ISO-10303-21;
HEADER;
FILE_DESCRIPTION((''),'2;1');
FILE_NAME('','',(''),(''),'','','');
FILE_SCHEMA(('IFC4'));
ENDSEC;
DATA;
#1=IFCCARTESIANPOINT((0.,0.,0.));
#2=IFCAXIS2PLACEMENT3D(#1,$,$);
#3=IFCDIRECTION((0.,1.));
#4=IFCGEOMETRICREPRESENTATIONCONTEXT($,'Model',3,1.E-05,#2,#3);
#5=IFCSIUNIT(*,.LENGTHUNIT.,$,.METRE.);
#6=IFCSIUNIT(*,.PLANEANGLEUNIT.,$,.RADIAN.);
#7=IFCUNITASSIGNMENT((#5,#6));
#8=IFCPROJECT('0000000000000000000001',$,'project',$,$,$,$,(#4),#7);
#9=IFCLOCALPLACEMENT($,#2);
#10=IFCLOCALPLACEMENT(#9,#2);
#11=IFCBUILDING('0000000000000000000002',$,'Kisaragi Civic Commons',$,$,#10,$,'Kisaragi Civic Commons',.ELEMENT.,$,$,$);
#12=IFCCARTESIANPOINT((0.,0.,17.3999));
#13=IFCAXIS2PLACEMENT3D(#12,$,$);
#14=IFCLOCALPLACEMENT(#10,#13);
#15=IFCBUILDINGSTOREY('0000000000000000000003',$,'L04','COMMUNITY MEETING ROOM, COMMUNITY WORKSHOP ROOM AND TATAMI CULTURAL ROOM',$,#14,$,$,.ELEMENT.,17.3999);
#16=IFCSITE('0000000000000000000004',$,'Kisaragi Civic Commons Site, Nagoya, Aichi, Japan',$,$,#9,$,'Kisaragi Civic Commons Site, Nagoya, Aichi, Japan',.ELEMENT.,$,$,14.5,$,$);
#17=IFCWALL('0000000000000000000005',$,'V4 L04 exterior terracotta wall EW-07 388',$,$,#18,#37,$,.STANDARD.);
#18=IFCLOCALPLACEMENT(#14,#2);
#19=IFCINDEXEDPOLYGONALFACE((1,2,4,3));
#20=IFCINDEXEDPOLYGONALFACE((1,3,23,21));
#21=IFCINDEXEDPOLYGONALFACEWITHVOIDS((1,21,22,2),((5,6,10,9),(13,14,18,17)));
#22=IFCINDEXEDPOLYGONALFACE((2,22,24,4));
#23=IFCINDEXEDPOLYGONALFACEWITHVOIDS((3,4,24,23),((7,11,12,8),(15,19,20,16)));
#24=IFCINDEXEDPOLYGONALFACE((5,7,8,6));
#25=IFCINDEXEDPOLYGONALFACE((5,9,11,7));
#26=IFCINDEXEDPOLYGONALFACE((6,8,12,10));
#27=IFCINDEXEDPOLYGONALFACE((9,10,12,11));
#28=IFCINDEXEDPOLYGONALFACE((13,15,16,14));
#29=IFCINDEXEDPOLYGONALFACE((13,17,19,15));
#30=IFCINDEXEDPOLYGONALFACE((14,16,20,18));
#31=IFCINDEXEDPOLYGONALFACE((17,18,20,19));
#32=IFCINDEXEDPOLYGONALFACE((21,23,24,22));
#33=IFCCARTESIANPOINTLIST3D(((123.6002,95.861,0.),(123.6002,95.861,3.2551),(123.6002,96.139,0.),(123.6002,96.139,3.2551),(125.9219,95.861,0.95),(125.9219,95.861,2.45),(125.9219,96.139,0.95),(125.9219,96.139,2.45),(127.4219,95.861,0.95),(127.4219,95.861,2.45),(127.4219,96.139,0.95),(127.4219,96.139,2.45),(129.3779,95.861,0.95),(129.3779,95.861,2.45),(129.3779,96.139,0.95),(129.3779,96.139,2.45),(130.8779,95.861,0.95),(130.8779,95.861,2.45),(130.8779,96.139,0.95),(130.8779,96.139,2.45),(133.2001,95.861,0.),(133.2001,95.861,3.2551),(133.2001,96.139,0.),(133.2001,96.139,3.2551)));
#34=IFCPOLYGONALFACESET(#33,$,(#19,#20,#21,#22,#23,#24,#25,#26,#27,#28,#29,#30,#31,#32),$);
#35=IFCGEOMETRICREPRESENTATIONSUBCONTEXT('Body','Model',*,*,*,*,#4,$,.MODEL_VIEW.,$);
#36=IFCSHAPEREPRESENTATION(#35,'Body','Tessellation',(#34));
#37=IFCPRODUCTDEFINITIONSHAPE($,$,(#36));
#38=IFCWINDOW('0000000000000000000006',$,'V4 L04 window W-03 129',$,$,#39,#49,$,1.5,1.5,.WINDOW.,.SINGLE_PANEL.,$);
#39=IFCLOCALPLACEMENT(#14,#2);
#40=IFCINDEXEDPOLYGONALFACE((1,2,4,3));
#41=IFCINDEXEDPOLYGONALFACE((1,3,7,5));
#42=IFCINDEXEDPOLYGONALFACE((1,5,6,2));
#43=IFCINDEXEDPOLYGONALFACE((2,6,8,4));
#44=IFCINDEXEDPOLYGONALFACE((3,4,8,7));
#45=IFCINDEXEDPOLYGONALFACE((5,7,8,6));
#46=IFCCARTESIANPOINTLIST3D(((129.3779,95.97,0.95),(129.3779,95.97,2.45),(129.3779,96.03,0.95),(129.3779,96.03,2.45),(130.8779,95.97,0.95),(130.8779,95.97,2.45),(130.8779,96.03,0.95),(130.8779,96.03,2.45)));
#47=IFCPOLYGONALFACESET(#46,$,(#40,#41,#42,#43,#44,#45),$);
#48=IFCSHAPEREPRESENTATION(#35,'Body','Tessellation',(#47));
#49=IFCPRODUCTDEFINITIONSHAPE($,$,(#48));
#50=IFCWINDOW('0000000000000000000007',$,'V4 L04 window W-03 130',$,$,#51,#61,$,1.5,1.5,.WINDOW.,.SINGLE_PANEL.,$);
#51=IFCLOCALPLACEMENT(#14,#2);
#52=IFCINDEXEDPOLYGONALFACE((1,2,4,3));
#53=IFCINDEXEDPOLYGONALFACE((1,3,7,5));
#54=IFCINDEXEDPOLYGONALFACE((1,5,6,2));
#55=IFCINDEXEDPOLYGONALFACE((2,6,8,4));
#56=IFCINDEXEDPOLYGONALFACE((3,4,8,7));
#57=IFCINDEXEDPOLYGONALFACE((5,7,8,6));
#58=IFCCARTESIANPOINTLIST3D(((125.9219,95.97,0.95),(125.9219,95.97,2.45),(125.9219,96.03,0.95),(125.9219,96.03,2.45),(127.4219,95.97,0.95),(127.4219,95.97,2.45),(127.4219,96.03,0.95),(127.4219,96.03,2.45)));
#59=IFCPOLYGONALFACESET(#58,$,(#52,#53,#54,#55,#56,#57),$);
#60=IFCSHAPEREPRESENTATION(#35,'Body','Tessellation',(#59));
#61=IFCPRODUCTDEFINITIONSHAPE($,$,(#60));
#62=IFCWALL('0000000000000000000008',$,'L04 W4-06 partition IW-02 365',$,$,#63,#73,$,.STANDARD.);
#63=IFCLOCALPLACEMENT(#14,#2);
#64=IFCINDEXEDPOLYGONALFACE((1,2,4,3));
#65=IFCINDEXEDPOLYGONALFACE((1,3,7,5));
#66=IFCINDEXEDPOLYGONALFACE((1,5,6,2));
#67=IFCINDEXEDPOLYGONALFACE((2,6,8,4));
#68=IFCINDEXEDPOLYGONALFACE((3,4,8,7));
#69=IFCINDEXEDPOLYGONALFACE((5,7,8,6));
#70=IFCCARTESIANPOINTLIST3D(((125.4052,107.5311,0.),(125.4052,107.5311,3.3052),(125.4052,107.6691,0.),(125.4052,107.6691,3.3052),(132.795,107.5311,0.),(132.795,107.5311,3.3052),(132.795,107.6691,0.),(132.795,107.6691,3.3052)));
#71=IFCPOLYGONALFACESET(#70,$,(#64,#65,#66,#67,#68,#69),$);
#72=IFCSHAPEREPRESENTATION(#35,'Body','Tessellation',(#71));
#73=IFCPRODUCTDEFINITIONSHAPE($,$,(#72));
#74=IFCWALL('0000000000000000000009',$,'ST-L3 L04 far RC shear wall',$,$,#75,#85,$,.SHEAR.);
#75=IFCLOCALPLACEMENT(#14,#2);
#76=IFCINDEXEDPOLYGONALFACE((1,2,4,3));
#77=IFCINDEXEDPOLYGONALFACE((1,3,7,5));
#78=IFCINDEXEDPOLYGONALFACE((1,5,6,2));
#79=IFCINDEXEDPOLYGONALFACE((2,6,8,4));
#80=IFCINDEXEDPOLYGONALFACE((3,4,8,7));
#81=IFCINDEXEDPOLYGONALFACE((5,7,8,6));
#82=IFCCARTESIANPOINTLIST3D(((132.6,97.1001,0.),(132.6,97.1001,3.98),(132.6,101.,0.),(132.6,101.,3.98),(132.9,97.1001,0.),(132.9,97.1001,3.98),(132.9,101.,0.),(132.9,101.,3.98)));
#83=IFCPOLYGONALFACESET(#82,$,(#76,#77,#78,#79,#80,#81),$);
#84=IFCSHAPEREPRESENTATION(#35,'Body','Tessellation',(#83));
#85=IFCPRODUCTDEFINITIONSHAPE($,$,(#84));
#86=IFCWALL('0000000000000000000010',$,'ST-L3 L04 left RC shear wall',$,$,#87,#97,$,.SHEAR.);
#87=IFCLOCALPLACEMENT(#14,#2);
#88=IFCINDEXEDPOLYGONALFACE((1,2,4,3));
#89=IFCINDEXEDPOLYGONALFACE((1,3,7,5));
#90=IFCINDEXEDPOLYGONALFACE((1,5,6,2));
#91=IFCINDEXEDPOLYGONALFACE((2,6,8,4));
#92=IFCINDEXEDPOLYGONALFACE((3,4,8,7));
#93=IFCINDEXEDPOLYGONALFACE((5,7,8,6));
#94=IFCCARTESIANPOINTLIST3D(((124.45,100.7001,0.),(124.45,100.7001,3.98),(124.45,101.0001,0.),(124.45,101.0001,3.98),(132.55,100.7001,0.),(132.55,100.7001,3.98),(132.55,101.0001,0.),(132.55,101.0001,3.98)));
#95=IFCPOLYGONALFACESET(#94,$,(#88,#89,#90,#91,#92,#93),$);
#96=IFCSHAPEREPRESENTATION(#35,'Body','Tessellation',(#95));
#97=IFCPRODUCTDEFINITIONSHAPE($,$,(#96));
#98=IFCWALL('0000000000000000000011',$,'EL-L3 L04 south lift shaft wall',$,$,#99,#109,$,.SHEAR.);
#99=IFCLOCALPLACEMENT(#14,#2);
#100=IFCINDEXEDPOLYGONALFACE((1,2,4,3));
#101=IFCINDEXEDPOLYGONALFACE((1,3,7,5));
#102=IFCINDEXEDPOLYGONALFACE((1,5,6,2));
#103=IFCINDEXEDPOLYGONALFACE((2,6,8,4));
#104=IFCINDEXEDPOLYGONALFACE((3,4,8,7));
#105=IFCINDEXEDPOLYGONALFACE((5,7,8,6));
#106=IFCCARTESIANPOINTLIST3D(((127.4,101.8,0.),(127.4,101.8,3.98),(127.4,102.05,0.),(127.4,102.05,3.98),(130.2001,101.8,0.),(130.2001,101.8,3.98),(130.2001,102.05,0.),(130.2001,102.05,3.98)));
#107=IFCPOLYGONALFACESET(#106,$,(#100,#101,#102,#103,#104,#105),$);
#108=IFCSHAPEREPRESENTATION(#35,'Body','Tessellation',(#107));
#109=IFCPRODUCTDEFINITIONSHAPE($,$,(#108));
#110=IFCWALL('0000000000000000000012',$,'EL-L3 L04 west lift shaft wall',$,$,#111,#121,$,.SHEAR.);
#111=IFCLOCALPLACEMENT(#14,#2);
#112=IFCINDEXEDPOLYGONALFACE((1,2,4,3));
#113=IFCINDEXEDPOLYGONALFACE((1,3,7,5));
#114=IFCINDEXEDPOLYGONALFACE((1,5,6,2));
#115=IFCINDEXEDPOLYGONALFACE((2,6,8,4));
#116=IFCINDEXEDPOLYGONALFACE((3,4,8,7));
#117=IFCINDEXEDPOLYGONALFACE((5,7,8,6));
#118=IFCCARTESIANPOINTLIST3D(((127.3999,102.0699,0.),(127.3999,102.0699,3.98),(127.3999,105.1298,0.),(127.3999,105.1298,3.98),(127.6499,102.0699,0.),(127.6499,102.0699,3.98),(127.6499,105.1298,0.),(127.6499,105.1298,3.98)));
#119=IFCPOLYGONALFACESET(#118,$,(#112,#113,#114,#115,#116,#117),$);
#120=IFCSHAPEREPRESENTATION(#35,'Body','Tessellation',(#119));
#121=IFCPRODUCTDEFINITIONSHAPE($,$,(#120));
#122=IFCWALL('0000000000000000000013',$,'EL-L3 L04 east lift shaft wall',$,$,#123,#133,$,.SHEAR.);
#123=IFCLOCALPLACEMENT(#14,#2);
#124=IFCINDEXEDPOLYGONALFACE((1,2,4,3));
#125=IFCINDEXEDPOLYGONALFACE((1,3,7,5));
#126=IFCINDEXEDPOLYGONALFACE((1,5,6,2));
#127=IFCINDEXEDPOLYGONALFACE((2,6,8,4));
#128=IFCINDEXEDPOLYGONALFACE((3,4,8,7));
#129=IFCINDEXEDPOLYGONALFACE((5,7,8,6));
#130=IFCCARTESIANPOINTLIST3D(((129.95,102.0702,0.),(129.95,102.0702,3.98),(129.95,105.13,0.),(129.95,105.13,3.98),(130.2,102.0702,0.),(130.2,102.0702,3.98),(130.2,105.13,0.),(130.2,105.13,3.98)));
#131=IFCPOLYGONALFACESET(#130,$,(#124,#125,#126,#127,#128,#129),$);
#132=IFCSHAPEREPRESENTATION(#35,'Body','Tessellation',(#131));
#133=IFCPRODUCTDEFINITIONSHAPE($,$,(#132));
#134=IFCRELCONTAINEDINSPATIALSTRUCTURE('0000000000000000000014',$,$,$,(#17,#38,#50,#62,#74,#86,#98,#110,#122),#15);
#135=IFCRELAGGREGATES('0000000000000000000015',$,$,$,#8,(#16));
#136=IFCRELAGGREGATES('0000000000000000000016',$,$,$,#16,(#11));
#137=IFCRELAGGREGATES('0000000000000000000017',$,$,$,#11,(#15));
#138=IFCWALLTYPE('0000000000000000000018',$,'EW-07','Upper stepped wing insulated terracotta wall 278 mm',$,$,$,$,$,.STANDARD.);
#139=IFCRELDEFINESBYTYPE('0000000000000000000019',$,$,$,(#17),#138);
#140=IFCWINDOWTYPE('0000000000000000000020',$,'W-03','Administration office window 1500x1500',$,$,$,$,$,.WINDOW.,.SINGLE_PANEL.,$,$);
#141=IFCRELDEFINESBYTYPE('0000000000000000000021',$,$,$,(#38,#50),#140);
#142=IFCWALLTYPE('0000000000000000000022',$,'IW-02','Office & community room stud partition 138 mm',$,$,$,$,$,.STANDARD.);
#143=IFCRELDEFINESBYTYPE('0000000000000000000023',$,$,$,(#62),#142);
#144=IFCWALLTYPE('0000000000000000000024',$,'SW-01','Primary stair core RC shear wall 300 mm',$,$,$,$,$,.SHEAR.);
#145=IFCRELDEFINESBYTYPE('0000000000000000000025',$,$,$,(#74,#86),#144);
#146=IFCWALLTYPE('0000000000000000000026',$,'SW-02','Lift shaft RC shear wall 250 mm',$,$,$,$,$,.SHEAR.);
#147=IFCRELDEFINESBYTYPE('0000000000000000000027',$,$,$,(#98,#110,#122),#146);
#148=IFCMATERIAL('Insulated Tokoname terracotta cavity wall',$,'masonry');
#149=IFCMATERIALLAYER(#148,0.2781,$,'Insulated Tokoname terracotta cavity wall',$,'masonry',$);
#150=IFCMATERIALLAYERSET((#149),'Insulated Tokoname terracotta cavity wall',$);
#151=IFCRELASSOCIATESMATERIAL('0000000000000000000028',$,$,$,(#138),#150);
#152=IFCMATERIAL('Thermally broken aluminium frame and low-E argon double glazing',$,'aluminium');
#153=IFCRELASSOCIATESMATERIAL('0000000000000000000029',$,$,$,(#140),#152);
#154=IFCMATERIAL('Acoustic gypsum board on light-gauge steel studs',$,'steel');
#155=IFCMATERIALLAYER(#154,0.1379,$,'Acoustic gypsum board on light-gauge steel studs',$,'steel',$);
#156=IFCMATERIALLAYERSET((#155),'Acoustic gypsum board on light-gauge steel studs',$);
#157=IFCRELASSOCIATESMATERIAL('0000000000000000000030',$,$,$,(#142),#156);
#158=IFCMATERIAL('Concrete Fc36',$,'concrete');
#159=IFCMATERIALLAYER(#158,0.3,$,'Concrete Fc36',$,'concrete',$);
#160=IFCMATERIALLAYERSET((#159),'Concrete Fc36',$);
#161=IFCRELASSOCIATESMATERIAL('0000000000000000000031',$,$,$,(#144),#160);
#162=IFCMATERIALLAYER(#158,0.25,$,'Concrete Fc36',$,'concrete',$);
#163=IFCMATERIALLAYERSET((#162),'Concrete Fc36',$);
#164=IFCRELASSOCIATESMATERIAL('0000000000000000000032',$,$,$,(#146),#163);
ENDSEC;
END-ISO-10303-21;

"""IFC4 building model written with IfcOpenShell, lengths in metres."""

from ifc_helpers import new_model, si_unit, direction, frame, frame_2d, origin, place, context, subcontext, project, spatial, rectangle, extrude, material, layer, layer_set, type_object, element, fill, save


model = new_model("IFC4")

# Units and contexts
model_context = context("Model", 3, precision=1e-05, world=origin(), true_north=direction((0.0, 1.0)))
body_context = subcontext(model_context, "Body", "Model", "MODEL_VIEW")
ifc_project = project(units=[si_unit("LENGTHUNIT", "METRE"), si_unit("PLANEANGLEUNIT", "RADIAN")], contexts=[model_context])

# Site, building, storey
site_placement = place(None, origin())
site = spatial("IfcSite", under=ifc_project, at=site_placement, Name="Kisaragi Civic Commons Site, Nagoya, Aichi, Japan", LongName="Kisaragi Civic Commons Site, Nagoya, Aichi, Japan", CompositionType="ELEMENT", RefElevation=14.5)
building_placement = place(site_placement, origin())
building = spatial("IfcBuilding", under=site, at=building_placement, Name="Kisaragi Civic Commons", LongName="Kisaragi Civic Commons", CompositionType="ELEMENT")
storey_placement = place(building_placement, frame((0.0, 0.0, 17.3999)))
storey = spatial("IfcBuildingStorey", under=building, at=storey_placement, Name="L04", Description="COMMUNITY MEETING ROOM, COMMUNITY WORKSHOP ROOM AND TATAMI CULTURAL ROOM", CompositionType="ELEMENT", Elevation=17.3999)

# Shared definitions
ifc_material_1 = material(Name="Insulated Tokoname terracotta cavity wall", Category="masonry")
ifc_layer_1 = layer(ifc_material_1, 0.2781, Name="Insulated Tokoname terracotta cavity wall", Category="masonry")
ifc_layer_set_1 = layer_set([ifc_layer_1], Name="Insulated Tokoname terracotta cavity wall")
wall_type_1 = type_object("IfcWallType", Name="EW-07", Description="Upper stepped wing insulated terracotta wall 278 mm", PredefinedType="STANDARD", material=ifc_layer_set_1)

# Wall, openings, windows
wall_1_placement = place(storey_placement, frame((133.2, 96.0, 0.0), z_axis=(0.0, 0.0, 1.0), x_axis=(-1.0, 0.0, 0.0)))
wall_1 = element("IfcWall", 1, at=wall_1_placement, inside=storey, type_object=wall_type_1, Name="V4 L04 exterior terracotta wall EW-07 388", PredefinedType="STANDARD", context=body_context, shape_type="SweptSolid", body=[
    extrude(rectangle(XDim=9.5999, YDim=0.2781, at=frame_2d((4.7998, 0.0))), origin(), (0.0, 0.0, 1.0), 3.2551),
])
opening_1_placement = place(wall_1_placement, frame((2.322, 0.0, 0.95)))
opening_1 = element("IfcOpeningElement", 2, at=opening_1_placement, cuts=wall_1, PredefinedType="OPENING", context=body_context, shape_type="SweptSolid", body=[
    extrude(rectangle(XDim=1.5, YDim=1.5, at=frame_2d((0.75, 0.75))), frame((0.0, 0.1489, 0.0), z_axis=(0.0, -1.0, 0.0), x_axis=(1.0, 0.0, 0.0)), (0.0, 0.0, 1.0), 0.2981),
])
opening_2_placement = place(wall_1_placement, frame((5.7781, 0.0, 0.95)))
opening_2 = element("IfcOpeningElement", 3, at=opening_2_placement, cuts=wall_1, PredefinedType="OPENING", context=body_context, shape_type="SweptSolid", body=[
    extrude(rectangle(XDim=1.5, YDim=1.5, at=frame_2d((0.75, 0.75))), frame((0.0, 0.1489, 0.0), z_axis=(0.0, -1.0, 0.0), x_axis=(1.0, 0.0, 0.0)), (0.0, 0.0, 1.0), 0.2981),
])
ifc_material_2 = material(Name="Thermally broken aluminium frame and low-E argon double glazing", Category="aluminium")
window_type = type_object("IfcWindowType", Name="W-03", Description="Administration office window 1500x1500", PartitioningType="SINGLE_PANEL", PredefinedType="WINDOW", material=ifc_material_2)
window_1_placement = place(opening_1_placement, origin())
window_1 = element("IfcWindow", 4, at=window_1_placement, inside=storey, type_object=window_type, Name="V4 L04 window W-03 129", OverallHeight=1.5, OverallWidth=1.5, PartitioningType="SINGLE_PANEL", PredefinedType="WINDOW", context=body_context, shape_type="SweptSolid", body=[
    extrude(rectangle(XDim=1.5, YDim=1.5, at=frame_2d((0.75, 0.75))), frame((0.0, 0.03, 0.0), z_axis=(0.0, -1.0, 0.0), x_axis=(1.0, 0.0, 0.0)), (0.0, 0.0, 1.0), 0.0601),
])
fill(opening_1, window_1)
window_2_placement = place(opening_2_placement, origin())
window_2 = element("IfcWindow", 5, at=window_2_placement, inside=storey, type_object=window_type, Name="V4 L04 window W-03 130", OverallHeight=1.5, OverallWidth=1.5, PartitioningType="SINGLE_PANEL", PredefinedType="WINDOW", context=body_context, shape_type="SweptSolid", body=[
    extrude(rectangle(XDim=1.5, YDim=1.5, at=frame_2d((0.75, 0.75))), frame((0.0, 0.03, 0.0), z_axis=(0.0, -1.0, 0.0), x_axis=(1.0, 0.0, 0.0)), (0.0, 0.0, 1.0), 0.0601),
])
fill(opening_2, window_2)

# Walls
ifc_material_3 = material(Name="Acoustic gypsum board on light-gauge steel studs", Category="steel")
ifc_layer_2 = layer(ifc_material_3, 0.1379, Name="Acoustic gypsum board on light-gauge steel studs", Category="steel")
ifc_layer_set_2 = layer_set([ifc_layer_2], Name="Acoustic gypsum board on light-gauge steel studs")
wall_type_2 = type_object("IfcWallType", Name="IW-02", Description="Office & community room stud partition 138 mm", PredefinedType="STANDARD", material=ifc_layer_set_2)
wall_2_placement = place(storey_placement, frame((132.7949, 107.6001, 0.0), z_axis=(0.0, 0.0, 1.0), x_axis=(-1.0, 0.0, 0.0)))
element("IfcWall", 6, at=wall_2_placement, inside=storey, type_object=wall_type_2, Name="L04 W4-06 partition IW-02 365", PredefinedType="STANDARD", context=body_context, shape_type="SweptSolid", body=[
    extrude(rectangle(XDim=7.3899, YDim=0.1379, at=frame_2d((3.6948, 0.0))), origin(), (0.0, 0.0, 1.0), 3.3052),
])
ifc_material_4 = material(Name="Concrete Fc36", Category="concrete")
ifc_layer_3 = layer(ifc_material_4, 0.3, Name="Concrete Fc36", Category="concrete")
ifc_layer_set_3 = layer_set([ifc_layer_3], Name="Concrete Fc36")
wall_type_3 = type_object("IfcWallType", Name="SW-01", Description="Primary stair core RC shear wall 300 mm", PredefinedType="SHEAR", material=ifc_layer_set_3)
wall_3_placement = place(storey_placement, frame((132.75, 97.1001, 0.0), z_axis=(0.0, 0.0, 1.0), x_axis=(0.0, 1.0, 0.0)))
element("IfcWall", 7, at=wall_3_placement, inside=storey, type_object=wall_type_3, Name="ST-L3 L04 far RC shear wall", PredefinedType="SHEAR", context=body_context, shape_type="SweptSolid", body=[
    extrude(rectangle(XDim=3.8999, YDim=0.3, at=frame_2d((1.95, 0.0))), origin(), (0.0, 0.0, 1.0), 3.98),
])
wall_4_placement = place(storey_placement, frame((132.55, 100.8501, 0.0), z_axis=(0.0, 0.0, 1.0), x_axis=(-1.0, 0.0, 0.0)))
element("IfcWall", 8, at=wall_4_placement, inside=storey, type_object=wall_type_3, Name="ST-L3 L04 left RC shear wall", PredefinedType="SHEAR", context=body_context, shape_type="SweptSolid", body=[
    extrude(rectangle(XDim=8.1001, YDim=0.3, at=frame_2d((4.05, 0.0))), origin(), (0.0, 0.0, 1.0), 3.98),
])
ifc_layer_4 = layer(ifc_material_4, 0.25, Name="Concrete Fc36", Category="concrete")
ifc_layer_set_4 = layer_set([ifc_layer_4], Name="Concrete Fc36")
wall_type_4 = type_object("IfcWallType", Name="SW-02", Description="Lift shaft RC shear wall 250 mm", PredefinedType="SHEAR", material=ifc_layer_set_4)
wall_5_placement = place(storey_placement, frame((130.2, 101.925, 0.0), z_axis=(0.0, 0.0, 1.0), x_axis=(-1.0, 0.0, 0.0)))
element("IfcWall", 9, at=wall_5_placement, inside=storey, type_object=wall_type_4, Name="EL-L3 L04 south lift shaft wall", PredefinedType="SHEAR", context=body_context, shape_type="SweptSolid", body=[
    extrude(rectangle(XDim=2.8, YDim=0.25, at=frame_2d((1.3999, 0.0))), origin(), (0.0, 0.0, 1.0), 3.98),
])
wall_6_placement = place(storey_placement, frame((127.5249, 102.0701, 0.0), z_axis=(0.0, 0.0, 1.0), x_axis=(0.0, 1.0, 0.0)))
element("IfcWall", 10, at=wall_6_placement, inside=storey, type_object=wall_type_4, Name="EL-L3 L04 west lift shaft wall", PredefinedType="SHEAR", context=body_context, shape_type="SweptSolid", body=[
    extrude(rectangle(XDim=3.0598, YDim=0.25, at=frame_2d((1.5298, 0.0))), origin(), (0.0, 0.0, 1.0), 3.98),
])

# Wall
wall_7_placement = place(storey_placement, frame((130.075, 105.1299, 0.0), z_axis=(0.0, 0.0, 1.0), x_axis=(0.0, -1.0, 0.0)))
element("IfcWall", 11, at=wall_7_placement, inside=storey, type_object=wall_type_4, Name="EL-L3 L04 east lift shaft wall", PredefinedType="SHEAR", context=body_context, shape_type="SweptSolid", body=[
    extrude(rectangle(XDim=3.0598, YDim=0.25, at=frame_2d((1.5298, 0.0))), origin(), (0.0, 0.0, 1.0), 3.98),
])

save(model, "model.ifc")
